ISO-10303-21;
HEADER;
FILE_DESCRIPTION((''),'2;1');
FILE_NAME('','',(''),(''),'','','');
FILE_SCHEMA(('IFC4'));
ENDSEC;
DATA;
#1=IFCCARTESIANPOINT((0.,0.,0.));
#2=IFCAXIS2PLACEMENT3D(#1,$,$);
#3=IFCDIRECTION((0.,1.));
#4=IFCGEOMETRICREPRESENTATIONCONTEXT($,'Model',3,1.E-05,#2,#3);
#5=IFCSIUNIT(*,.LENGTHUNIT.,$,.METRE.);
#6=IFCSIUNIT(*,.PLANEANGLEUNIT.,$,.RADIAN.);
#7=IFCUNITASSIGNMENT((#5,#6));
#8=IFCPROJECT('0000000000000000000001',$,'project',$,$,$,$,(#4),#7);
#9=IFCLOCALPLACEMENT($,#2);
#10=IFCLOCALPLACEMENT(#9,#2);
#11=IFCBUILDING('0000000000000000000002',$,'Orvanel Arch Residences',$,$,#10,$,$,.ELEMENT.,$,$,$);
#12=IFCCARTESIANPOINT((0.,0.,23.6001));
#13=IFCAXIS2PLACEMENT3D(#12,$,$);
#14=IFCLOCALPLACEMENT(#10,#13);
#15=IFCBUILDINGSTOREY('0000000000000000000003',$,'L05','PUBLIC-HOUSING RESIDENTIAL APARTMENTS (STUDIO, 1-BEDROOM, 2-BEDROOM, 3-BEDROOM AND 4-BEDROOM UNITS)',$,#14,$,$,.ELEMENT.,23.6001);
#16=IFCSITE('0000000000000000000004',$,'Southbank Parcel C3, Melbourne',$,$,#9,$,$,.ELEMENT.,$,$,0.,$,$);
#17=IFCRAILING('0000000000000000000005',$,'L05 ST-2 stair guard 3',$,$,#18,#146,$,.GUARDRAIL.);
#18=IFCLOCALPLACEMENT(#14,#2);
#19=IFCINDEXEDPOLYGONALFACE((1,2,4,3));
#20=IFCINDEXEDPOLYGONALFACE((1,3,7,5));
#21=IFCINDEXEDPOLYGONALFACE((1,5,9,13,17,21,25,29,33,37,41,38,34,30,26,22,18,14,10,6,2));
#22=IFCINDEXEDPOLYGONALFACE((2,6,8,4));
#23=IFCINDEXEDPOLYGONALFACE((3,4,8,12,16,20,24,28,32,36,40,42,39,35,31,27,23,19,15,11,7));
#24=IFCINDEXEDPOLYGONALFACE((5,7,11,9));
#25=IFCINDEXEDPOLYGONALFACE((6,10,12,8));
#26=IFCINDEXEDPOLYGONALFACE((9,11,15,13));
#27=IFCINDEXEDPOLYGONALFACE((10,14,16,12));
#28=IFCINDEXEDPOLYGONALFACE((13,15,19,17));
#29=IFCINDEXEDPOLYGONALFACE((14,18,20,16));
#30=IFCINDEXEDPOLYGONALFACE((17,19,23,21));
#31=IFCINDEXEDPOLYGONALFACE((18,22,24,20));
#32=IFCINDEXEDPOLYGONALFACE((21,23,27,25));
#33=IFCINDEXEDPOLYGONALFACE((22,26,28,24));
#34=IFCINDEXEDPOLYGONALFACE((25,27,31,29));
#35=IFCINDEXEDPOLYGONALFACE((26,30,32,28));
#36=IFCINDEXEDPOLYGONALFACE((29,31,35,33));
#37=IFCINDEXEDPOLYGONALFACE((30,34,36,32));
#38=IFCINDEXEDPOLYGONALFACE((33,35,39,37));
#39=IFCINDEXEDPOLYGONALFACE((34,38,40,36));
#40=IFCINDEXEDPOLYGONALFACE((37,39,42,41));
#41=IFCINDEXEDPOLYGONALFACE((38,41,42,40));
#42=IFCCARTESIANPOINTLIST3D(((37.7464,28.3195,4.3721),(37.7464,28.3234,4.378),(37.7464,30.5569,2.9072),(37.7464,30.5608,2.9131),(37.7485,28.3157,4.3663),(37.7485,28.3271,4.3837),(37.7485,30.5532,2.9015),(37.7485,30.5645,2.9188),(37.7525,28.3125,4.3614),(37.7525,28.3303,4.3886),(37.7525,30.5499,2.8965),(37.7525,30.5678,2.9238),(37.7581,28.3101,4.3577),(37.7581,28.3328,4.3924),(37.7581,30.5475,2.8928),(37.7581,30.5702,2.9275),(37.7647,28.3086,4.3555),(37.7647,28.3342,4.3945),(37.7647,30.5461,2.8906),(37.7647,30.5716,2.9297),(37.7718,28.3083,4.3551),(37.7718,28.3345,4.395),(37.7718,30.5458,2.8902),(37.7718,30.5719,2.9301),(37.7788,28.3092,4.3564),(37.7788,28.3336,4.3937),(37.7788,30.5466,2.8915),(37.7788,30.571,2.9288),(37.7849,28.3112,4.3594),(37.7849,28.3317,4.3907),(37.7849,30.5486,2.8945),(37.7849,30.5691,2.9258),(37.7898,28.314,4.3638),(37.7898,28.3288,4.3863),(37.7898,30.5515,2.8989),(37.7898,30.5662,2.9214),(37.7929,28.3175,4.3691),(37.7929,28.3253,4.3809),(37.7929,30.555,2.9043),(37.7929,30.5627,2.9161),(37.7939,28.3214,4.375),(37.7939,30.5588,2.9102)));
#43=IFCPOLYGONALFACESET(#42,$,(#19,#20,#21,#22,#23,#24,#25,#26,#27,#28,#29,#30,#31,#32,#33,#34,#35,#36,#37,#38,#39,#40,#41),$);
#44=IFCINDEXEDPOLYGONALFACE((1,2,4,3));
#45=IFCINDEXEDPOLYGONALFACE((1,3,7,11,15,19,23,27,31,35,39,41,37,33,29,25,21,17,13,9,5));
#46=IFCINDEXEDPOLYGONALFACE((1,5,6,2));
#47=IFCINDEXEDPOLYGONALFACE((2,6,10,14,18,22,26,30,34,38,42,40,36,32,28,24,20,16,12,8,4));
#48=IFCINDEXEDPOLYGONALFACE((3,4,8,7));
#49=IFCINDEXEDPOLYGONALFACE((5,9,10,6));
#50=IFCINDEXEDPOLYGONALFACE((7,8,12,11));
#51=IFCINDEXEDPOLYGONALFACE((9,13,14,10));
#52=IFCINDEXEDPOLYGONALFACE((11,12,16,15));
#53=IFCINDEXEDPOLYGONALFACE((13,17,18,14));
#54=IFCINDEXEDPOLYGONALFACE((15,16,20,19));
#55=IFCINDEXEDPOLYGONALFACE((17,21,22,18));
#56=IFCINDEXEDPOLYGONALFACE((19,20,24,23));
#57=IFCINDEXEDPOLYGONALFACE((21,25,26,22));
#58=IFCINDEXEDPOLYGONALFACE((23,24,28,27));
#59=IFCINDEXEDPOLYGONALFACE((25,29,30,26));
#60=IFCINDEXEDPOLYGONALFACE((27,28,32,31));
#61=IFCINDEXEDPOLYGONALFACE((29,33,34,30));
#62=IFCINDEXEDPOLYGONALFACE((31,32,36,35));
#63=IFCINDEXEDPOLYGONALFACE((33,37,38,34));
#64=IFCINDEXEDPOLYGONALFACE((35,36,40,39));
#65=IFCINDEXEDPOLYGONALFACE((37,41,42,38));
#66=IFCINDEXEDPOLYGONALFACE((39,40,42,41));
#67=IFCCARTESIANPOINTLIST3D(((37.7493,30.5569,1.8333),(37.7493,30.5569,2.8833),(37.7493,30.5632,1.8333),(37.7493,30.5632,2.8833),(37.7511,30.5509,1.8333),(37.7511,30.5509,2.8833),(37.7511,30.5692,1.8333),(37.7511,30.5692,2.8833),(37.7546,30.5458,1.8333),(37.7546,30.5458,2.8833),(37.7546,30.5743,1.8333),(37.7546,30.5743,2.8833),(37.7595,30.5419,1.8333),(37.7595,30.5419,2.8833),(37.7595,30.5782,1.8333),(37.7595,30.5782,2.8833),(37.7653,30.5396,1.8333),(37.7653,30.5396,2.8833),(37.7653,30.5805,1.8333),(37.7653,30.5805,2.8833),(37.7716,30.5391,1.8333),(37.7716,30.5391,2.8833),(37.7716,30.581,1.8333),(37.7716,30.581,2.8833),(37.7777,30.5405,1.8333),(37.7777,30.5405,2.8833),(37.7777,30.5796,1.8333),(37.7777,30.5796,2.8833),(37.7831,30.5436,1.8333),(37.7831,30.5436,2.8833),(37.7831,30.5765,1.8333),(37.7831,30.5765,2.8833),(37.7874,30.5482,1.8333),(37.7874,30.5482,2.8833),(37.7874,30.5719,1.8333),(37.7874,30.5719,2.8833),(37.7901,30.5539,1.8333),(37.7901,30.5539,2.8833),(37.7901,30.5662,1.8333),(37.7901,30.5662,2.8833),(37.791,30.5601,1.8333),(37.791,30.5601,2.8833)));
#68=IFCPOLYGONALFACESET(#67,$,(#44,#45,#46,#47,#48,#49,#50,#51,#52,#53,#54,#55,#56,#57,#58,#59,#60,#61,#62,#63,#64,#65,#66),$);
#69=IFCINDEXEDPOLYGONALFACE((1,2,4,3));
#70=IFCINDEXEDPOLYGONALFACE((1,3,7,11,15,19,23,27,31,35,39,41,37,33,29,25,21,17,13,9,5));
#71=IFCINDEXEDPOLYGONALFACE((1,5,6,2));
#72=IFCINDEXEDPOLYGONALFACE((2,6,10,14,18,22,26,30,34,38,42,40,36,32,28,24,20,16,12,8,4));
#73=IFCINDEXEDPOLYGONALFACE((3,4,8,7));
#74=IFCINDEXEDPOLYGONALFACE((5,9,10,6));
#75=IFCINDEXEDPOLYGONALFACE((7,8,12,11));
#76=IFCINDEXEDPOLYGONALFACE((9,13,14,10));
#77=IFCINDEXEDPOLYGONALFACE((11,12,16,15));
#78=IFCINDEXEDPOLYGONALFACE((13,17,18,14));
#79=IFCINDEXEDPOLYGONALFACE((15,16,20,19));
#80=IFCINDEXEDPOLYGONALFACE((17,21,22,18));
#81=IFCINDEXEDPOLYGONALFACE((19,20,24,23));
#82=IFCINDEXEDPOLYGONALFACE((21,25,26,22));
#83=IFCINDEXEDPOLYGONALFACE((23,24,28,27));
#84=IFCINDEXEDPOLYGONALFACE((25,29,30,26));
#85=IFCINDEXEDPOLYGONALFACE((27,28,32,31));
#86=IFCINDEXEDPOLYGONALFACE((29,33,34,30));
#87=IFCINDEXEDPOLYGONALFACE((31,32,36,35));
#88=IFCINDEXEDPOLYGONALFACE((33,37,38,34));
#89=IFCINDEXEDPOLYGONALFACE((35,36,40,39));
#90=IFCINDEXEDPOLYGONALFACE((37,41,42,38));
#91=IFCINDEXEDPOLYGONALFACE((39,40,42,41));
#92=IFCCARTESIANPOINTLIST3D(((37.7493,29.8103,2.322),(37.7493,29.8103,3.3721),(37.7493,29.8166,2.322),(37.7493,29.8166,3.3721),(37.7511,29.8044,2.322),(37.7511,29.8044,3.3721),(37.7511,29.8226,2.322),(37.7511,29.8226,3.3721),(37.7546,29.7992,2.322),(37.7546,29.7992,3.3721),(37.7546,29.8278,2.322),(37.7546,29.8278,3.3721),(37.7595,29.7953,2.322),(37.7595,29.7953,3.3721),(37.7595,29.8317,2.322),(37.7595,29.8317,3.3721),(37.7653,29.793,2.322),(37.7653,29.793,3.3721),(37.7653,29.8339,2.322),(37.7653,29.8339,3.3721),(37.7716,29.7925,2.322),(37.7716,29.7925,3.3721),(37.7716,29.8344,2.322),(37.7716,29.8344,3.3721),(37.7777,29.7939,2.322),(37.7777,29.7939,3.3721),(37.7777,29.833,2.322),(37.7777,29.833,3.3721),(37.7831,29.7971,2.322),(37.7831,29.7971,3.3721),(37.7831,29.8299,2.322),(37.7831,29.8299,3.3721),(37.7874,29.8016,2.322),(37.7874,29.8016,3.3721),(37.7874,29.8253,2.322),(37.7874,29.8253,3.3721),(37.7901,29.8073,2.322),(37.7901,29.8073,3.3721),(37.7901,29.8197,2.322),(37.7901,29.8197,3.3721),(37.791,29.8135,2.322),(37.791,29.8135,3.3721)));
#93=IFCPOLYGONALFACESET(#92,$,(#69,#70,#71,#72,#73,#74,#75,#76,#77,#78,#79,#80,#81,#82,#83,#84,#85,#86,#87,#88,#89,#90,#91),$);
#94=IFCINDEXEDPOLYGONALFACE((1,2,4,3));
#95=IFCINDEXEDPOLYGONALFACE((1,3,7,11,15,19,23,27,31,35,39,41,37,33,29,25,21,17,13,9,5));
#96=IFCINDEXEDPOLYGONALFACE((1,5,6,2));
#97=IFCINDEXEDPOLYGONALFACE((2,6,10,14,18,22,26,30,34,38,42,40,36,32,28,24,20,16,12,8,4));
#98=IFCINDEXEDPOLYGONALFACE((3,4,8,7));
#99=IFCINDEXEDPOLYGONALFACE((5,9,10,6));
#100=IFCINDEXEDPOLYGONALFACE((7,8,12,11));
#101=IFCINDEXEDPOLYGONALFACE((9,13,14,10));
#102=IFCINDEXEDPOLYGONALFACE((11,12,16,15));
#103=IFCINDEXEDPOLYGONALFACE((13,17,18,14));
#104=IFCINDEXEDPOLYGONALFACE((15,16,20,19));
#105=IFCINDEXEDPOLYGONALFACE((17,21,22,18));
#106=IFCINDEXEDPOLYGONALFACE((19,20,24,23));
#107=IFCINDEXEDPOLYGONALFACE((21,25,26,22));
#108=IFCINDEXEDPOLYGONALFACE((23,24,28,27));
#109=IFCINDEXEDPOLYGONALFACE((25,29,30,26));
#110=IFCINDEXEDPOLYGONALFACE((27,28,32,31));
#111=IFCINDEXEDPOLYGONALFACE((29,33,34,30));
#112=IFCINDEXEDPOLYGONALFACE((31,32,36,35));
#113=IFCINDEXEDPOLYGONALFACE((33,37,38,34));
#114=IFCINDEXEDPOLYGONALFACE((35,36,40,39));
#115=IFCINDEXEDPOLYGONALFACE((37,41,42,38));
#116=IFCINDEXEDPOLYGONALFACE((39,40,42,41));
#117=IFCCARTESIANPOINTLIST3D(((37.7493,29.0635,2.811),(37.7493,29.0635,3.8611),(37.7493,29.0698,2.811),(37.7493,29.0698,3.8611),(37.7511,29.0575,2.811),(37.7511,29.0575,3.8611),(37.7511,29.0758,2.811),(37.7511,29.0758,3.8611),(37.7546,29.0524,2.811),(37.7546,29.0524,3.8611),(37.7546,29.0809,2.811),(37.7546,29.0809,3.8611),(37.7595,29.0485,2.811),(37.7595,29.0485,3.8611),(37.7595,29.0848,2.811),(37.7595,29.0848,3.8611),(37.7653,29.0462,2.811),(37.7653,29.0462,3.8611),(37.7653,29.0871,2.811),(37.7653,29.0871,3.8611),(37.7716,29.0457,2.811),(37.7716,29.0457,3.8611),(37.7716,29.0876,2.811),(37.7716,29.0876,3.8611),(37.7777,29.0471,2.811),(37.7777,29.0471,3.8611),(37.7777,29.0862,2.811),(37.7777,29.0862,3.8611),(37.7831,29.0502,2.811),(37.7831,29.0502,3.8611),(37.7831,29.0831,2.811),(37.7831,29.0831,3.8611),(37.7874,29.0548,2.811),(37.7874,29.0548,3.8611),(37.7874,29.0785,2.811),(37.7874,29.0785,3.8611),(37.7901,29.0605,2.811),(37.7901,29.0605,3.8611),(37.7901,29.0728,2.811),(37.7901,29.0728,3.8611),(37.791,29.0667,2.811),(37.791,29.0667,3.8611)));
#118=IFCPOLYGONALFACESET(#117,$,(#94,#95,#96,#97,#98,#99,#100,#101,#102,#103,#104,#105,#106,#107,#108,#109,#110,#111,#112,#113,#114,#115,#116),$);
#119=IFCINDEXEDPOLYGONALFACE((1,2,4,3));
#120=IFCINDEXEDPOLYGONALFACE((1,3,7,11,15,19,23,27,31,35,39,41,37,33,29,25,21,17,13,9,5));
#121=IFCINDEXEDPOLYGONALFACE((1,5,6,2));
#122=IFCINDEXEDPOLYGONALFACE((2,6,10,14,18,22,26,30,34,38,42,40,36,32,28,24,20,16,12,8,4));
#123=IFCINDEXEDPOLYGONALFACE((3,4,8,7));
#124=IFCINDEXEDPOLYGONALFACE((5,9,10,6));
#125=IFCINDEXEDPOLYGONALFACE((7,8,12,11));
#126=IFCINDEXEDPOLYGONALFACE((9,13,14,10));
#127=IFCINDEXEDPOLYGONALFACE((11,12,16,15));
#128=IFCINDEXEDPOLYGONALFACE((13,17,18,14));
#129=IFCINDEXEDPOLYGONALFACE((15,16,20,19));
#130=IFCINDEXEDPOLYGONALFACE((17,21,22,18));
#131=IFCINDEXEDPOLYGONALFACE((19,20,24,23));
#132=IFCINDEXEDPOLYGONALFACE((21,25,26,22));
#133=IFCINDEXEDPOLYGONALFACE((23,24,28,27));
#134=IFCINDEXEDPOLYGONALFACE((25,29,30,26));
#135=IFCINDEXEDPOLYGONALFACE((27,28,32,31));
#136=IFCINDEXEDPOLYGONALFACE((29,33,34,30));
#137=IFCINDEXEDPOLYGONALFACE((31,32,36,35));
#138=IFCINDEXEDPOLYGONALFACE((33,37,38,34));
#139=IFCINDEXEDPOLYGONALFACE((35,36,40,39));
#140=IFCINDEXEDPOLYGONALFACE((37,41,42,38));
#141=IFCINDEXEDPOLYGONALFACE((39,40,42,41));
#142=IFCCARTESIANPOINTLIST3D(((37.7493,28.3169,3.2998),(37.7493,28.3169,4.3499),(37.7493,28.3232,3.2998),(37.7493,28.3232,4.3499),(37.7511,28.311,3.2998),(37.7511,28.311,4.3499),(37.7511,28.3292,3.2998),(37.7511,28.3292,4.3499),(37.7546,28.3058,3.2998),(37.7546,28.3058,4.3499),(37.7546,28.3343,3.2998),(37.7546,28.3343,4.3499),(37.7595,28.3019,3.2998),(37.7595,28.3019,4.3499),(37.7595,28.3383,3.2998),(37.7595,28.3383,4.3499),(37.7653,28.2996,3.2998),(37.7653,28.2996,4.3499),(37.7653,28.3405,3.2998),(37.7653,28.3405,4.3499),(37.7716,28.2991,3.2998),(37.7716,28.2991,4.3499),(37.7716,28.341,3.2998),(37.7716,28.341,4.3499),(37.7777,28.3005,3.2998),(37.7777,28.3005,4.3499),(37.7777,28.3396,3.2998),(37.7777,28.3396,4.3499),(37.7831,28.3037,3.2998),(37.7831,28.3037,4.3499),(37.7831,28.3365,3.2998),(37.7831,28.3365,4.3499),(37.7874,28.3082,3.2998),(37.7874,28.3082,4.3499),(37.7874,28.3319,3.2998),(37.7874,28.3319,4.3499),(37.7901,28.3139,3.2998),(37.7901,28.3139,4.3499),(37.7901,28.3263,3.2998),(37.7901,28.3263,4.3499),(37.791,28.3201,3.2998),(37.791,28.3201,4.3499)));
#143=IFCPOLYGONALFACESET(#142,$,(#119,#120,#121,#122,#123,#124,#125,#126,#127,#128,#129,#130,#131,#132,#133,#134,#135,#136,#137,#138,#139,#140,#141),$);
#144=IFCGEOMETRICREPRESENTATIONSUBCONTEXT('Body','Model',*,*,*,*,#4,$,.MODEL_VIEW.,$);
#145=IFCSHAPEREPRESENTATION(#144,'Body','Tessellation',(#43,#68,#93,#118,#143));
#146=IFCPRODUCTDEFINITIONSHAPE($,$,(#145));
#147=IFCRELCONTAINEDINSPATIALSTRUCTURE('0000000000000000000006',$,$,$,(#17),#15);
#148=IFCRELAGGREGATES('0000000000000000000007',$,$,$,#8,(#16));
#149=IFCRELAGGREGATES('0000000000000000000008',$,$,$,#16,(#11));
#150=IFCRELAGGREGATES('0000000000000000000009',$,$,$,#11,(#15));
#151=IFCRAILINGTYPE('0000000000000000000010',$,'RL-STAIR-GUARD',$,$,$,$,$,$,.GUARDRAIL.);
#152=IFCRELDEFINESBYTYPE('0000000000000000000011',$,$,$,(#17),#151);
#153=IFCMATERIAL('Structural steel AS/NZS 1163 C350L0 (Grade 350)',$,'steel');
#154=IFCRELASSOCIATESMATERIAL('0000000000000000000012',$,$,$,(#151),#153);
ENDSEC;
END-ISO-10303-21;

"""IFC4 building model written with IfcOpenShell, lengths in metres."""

from ifc_helpers import new_model, si_unit, direction, frame, origin, origin_2d, place, context, subcontext, project, spatial, circle, extrude, material, type_object, element, save


model = new_model("IFC4")

# Units and contexts
model_context = context("Model", 3, precision=1e-05, world=origin(), true_north=direction((0.0, 1.0)))
body_context = subcontext(model_context, "Body", "Model", "MODEL_VIEW")
ifc_project = project(units=[si_unit("LENGTHUNIT", "METRE"), si_unit("PLANEANGLEUNIT", "RADIAN")], contexts=[model_context])

# Site, building, storey
site_placement = place(None, origin())
site = spatial("IfcSite", under=ifc_project, at=site_placement, Name="Southbank Parcel C3, Melbourne", CompositionType="ELEMENT", RefElevation=0.0)
building_placement = place(site_placement, origin())
building = spatial("IfcBuilding", under=site, at=building_placement, Name="Orvanel Arch Residences", CompositionType="ELEMENT")
storey_placement = place(building_placement, frame((0.0, 0.0, 23.6001)))
storey = spatial("IfcBuildingStorey", under=building, at=storey_placement, Name="L05", Description="PUBLIC-HOUSING RESIDENTIAL APARTMENTS (STUDIO, 1-BEDROOM, 2-BEDROOM, 3-BEDROOM AND 4-BEDROOM UNITS)", CompositionType="ELEMENT", Elevation=23.6001)

# Railing
ifc_material_1 = material(Name="Structural steel AS/NZS 1163 C350L0 (Grade 350)", Category="steel")
railing_type_1 = type_object("IfcRailingType", Name="RL-STAIR-GUARD", PredefinedType="GUARDRAIL", material=ifc_material_1)
railing_1_placement = place(storey_placement, frame((37.77, 30.5601, 1.8333)))
element("IfcRailing", 1, at=railing_1_placement, inside=storey, type_object=railing_type_1, Name="L05 ST-2 stair guard 3", PredefinedType="GUARDRAIL", context=body_context, shape_type="SweptSolid", body=[
    extrude(circle(Radius=0.0239, at=origin_2d()), frame((0.0, -0.0012, 1.0769), z_axis=(0.0, -0.836637, 0.547758), x_axis=(1.0, 0.0, 0.0)), (0.0, 0.0, 1.0), 2.6743),
    extrude(circle(Radius=0.021, at=origin_2d()), origin(), (0.0, 0.0, 1.0), 1.05),
    extrude(circle(Radius=0.021, at=origin_2d()), frame((0.0, -0.7466, 0.4888)), (0.0, 0.0, 1.0), 1.05),
    extrude(circle(Radius=0.021, at=origin_2d()), frame((0.0, -1.4934, 0.9778)), (0.0, 0.0, 1.0), 1.05),
    extrude(circle(Radius=0.021, at=origin_2d()), frame((0.0, -2.24, 1.4666)), (0.0, 0.0, 1.0), 1.05),
])

save(model, "model.ifc")
